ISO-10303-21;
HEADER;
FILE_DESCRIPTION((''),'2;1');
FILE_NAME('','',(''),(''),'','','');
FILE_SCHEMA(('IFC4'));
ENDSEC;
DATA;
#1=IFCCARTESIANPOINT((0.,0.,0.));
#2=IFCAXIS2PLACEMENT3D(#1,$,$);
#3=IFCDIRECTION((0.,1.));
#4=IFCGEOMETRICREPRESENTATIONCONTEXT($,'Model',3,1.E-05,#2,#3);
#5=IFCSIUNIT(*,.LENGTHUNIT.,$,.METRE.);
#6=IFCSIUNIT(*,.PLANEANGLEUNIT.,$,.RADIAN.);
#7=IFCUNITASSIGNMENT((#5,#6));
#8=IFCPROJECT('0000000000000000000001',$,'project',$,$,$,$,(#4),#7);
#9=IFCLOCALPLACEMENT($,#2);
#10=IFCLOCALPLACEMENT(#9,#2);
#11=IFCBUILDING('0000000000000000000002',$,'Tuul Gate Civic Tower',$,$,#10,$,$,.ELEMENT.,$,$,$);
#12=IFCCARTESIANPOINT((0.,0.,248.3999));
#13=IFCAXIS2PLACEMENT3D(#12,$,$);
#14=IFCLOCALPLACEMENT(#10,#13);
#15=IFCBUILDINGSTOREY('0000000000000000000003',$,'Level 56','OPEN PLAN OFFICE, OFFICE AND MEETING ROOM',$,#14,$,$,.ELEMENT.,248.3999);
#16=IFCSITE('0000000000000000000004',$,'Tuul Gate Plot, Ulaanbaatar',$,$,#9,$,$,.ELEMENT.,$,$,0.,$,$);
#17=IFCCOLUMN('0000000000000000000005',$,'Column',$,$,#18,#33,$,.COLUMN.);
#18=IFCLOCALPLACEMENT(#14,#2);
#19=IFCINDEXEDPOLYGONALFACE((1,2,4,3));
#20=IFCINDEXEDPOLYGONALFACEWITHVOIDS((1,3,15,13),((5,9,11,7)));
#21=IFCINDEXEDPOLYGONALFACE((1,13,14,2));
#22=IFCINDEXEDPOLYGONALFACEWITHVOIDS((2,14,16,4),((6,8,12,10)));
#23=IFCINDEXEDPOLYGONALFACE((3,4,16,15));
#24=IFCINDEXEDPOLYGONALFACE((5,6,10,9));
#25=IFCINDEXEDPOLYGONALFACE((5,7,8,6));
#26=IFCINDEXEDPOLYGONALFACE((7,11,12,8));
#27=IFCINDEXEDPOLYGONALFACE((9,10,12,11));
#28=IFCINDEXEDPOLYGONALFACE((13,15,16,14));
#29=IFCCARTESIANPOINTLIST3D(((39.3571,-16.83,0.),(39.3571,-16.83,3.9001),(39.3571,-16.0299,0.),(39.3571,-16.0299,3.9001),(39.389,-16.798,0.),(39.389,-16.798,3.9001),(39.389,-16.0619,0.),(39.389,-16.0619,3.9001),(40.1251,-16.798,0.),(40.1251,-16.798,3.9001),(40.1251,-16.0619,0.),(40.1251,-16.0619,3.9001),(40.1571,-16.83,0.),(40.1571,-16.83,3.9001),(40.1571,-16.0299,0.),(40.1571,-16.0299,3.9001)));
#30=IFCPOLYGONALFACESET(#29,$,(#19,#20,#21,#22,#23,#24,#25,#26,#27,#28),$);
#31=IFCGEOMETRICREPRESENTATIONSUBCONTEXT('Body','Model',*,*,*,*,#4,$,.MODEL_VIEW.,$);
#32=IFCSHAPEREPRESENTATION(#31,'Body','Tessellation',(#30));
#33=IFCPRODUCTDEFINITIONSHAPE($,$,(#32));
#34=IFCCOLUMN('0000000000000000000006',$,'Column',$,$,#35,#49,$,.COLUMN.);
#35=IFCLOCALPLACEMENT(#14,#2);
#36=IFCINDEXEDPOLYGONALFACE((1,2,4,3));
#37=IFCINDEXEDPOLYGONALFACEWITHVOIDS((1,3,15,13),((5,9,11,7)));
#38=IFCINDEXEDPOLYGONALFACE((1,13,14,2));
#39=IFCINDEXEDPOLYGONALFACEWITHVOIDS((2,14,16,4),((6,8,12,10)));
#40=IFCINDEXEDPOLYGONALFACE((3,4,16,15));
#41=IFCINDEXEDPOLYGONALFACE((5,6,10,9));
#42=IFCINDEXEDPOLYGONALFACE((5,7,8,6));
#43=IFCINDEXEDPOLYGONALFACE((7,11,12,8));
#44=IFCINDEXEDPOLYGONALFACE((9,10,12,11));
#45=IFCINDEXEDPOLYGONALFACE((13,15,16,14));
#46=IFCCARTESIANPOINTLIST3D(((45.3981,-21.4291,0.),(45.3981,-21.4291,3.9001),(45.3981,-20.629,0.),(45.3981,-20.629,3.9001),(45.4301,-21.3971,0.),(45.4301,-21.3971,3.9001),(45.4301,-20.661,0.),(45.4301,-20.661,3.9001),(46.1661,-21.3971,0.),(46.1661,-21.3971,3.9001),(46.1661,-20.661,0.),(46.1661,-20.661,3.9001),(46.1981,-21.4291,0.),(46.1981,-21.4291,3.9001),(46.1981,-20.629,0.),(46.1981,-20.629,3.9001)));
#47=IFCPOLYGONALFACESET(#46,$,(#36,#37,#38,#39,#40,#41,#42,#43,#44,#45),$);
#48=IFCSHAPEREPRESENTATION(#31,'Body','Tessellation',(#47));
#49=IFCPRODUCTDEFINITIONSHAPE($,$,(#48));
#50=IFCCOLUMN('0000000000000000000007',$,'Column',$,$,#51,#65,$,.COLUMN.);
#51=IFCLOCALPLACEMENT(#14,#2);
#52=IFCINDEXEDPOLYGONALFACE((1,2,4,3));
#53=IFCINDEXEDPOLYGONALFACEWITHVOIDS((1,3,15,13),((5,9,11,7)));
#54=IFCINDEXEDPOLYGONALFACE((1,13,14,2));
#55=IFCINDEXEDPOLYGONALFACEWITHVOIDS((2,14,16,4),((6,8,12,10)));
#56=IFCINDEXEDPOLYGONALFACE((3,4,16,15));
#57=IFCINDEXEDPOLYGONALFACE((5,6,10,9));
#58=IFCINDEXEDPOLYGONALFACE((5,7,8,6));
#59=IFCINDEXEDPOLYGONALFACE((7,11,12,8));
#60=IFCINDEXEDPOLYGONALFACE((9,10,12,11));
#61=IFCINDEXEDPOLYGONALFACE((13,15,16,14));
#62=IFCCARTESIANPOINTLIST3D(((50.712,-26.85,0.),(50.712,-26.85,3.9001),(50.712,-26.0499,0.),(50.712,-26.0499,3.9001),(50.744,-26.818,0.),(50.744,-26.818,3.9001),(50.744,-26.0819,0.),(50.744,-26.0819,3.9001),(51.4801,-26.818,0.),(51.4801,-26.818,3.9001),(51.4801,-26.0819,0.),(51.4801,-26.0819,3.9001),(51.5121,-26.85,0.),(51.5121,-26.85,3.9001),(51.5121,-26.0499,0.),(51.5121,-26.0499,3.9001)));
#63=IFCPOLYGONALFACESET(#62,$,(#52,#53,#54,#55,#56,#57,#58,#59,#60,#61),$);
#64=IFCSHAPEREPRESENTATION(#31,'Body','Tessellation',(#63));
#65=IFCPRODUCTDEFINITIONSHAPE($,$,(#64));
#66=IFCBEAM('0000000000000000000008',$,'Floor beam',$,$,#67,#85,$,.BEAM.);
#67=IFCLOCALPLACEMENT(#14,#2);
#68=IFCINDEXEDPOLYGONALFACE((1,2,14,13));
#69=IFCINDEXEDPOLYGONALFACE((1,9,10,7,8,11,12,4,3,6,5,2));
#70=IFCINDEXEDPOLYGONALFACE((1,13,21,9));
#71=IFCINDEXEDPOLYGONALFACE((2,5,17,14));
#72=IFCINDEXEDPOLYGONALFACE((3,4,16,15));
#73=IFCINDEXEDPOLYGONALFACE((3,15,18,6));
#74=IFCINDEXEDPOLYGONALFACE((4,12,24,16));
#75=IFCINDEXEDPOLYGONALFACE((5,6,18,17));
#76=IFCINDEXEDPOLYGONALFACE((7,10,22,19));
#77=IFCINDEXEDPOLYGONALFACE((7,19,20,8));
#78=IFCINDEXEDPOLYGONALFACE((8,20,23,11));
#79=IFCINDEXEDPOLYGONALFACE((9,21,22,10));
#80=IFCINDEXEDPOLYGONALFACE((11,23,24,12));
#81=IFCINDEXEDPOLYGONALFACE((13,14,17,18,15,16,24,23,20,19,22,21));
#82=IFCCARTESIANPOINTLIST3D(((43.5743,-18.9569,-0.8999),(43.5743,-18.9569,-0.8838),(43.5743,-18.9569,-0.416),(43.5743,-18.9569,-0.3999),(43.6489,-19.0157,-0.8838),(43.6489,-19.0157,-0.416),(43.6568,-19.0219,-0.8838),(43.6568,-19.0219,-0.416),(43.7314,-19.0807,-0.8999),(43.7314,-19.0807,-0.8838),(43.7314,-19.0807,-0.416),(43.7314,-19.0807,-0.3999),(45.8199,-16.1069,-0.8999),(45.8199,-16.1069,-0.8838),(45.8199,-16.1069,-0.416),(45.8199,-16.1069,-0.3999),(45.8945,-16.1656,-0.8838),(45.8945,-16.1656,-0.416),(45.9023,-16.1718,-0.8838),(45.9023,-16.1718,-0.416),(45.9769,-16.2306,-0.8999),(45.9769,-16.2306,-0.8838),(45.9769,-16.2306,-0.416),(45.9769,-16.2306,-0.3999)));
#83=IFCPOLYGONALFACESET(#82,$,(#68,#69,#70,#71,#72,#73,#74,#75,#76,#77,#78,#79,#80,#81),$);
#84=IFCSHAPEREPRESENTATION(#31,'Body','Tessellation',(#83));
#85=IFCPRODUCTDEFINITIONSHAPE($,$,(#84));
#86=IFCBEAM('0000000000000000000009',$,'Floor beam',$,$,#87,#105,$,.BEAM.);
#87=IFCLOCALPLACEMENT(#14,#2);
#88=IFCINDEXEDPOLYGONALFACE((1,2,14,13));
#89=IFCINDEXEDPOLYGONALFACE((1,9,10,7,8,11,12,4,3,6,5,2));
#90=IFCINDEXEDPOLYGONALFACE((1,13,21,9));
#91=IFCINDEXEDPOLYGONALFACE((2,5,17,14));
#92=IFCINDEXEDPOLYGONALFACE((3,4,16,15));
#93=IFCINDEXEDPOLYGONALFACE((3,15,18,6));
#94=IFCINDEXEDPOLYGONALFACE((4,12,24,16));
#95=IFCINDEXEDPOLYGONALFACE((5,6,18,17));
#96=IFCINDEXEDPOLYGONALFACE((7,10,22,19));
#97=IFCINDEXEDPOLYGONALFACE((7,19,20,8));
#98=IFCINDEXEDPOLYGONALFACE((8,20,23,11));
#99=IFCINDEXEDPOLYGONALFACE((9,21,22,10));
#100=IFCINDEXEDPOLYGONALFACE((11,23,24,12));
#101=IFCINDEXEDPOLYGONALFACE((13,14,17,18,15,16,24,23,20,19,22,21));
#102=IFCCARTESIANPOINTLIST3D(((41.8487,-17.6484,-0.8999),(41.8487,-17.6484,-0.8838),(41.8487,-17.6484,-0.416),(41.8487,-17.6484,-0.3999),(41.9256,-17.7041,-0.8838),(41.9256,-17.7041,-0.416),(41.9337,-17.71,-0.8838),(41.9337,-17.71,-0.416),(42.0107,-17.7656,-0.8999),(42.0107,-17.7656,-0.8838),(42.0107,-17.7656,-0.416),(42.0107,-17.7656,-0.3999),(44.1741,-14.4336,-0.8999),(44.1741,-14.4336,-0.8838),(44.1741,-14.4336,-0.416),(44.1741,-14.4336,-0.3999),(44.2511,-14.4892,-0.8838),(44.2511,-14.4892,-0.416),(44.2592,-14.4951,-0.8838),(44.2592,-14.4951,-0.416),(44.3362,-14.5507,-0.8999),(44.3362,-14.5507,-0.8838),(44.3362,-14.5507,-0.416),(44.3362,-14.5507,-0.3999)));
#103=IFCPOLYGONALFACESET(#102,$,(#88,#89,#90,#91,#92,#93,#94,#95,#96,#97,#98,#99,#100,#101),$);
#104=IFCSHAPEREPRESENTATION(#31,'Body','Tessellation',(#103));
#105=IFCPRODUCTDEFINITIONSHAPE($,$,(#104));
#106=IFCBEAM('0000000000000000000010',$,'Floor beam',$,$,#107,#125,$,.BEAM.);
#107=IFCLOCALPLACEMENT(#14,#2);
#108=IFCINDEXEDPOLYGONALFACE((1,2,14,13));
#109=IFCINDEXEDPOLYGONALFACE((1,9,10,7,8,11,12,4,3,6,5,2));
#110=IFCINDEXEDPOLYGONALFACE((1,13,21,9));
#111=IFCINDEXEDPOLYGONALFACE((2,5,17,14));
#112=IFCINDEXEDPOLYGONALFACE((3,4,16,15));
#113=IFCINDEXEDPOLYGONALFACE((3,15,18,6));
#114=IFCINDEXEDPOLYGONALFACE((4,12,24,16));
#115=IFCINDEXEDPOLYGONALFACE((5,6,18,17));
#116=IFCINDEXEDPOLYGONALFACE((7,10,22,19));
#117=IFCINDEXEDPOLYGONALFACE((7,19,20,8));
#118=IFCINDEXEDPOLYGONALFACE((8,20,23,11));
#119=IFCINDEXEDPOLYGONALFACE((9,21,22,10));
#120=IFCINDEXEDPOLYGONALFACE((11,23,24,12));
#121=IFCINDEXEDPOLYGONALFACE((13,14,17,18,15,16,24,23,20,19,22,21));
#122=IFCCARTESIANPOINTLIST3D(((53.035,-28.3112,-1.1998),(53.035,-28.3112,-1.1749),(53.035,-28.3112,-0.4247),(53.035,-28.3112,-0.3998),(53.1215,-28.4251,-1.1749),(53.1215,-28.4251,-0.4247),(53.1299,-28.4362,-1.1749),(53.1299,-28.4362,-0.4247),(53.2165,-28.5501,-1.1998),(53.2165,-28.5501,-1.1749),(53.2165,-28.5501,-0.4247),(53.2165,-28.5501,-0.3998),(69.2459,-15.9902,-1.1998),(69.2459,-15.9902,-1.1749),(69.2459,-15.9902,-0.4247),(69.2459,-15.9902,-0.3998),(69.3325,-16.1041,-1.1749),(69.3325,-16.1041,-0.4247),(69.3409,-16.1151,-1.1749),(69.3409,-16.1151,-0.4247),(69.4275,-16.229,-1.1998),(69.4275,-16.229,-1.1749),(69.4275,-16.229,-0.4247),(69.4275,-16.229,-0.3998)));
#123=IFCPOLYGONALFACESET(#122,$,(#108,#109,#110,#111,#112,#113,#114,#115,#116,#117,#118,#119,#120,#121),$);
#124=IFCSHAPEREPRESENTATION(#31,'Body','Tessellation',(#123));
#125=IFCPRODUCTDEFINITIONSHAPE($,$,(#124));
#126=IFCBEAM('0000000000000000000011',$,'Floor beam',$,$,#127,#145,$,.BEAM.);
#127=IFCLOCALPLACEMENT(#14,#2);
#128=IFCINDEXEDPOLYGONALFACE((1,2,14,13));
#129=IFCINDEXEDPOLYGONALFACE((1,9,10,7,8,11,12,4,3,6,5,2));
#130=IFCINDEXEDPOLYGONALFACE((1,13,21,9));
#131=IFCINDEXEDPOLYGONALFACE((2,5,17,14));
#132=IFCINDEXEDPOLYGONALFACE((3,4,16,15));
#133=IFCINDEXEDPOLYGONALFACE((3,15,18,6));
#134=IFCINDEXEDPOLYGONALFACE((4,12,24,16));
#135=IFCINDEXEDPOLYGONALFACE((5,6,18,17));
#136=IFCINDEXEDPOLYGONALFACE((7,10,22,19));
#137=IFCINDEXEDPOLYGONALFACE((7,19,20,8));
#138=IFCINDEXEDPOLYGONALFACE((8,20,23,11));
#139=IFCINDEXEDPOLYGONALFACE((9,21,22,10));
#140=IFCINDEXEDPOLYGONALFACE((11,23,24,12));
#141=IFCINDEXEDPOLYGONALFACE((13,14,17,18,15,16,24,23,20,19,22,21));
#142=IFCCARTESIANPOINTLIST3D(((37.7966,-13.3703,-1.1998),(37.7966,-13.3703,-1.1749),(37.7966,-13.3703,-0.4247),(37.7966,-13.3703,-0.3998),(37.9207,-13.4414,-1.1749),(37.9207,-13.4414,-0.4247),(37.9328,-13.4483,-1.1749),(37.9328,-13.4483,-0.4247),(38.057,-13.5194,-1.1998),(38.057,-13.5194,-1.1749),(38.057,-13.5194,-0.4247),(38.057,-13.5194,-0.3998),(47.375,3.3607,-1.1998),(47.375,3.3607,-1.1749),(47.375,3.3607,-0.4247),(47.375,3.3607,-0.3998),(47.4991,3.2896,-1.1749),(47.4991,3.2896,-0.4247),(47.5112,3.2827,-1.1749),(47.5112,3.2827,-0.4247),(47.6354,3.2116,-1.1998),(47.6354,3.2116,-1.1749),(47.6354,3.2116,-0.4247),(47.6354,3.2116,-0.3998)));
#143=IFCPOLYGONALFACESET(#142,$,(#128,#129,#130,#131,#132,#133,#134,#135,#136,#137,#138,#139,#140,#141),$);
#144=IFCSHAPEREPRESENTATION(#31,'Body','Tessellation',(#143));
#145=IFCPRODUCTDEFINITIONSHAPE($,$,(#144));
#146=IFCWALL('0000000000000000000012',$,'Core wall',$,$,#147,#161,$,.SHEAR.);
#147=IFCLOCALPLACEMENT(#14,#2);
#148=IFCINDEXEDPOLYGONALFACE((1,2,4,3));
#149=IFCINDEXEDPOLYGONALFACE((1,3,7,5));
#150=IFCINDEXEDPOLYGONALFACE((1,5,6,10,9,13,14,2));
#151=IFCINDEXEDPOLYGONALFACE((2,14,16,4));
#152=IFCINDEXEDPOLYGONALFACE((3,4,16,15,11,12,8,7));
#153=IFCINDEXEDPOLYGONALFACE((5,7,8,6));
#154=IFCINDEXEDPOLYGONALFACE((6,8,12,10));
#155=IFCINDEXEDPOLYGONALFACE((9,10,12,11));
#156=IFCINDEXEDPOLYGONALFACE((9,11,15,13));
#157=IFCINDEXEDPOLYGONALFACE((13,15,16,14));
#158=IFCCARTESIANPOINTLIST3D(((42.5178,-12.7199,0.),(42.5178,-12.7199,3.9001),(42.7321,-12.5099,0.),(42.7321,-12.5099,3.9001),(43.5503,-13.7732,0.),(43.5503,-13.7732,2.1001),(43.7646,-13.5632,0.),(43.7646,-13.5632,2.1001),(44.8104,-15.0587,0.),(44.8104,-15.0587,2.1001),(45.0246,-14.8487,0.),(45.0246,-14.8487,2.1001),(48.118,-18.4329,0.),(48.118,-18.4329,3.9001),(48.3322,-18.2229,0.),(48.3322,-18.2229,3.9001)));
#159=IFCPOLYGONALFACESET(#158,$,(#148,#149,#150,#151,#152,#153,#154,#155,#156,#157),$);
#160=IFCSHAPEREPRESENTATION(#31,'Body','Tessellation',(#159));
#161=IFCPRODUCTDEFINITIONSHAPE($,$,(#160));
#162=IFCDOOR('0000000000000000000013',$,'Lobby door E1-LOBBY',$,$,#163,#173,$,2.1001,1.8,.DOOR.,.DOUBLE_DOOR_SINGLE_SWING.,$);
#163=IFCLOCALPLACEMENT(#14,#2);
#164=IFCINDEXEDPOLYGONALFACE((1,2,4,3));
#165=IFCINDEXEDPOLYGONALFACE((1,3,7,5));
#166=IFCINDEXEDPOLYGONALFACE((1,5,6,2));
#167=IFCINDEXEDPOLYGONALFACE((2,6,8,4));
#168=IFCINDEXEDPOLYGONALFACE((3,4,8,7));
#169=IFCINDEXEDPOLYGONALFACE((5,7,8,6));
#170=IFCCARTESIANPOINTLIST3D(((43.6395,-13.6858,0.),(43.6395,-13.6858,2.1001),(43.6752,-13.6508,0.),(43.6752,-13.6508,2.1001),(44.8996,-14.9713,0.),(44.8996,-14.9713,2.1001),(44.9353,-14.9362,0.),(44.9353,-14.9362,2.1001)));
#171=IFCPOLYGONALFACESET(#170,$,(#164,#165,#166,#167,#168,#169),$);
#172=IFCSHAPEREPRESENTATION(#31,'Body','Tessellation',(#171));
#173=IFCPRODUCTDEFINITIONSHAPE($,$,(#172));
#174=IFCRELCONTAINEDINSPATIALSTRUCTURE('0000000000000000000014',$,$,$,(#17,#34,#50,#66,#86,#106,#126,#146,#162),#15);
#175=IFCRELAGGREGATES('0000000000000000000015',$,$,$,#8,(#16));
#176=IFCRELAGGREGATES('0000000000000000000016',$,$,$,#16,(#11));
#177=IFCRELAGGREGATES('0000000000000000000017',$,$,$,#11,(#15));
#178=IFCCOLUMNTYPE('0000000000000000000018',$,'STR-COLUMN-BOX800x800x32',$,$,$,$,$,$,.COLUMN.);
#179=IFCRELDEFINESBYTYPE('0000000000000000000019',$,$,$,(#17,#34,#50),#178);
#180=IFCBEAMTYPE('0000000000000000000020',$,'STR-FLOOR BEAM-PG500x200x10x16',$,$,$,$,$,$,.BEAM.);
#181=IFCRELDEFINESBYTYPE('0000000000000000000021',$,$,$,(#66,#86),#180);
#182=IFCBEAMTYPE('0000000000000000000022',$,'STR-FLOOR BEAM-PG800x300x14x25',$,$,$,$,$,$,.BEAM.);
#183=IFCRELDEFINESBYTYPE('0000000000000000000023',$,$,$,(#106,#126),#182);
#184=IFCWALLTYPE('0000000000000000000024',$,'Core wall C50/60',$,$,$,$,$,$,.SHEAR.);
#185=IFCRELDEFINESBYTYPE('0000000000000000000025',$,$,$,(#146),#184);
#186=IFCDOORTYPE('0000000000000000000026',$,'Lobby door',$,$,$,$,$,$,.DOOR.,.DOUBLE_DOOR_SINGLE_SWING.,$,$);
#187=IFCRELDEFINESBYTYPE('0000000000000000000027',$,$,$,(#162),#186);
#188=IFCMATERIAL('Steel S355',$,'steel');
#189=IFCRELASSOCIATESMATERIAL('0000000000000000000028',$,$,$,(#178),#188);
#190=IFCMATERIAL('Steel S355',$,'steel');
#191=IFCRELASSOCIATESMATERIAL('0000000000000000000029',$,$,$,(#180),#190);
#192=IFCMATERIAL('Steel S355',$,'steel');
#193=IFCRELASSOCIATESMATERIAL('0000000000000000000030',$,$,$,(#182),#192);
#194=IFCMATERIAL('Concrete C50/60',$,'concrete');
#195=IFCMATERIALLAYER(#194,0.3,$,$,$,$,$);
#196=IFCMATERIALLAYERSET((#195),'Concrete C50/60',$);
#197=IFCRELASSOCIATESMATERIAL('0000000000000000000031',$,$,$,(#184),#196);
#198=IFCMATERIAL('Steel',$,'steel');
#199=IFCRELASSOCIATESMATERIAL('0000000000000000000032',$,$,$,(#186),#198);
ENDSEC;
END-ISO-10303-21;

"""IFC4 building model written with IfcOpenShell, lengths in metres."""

from ifc_helpers import new_model, si_unit, direction, frame, frame_2d, origin, origin_2d, place, context, subcontext, project, spatial, rectangle, hollow_rectangle, i_section, extrude, material, layer, layer_set, material_profile, profile_set, type_object, element, fill, save


model = new_model("IFC4")

# Units and contexts
model_context = context("Model", 3, precision=1e-05, world=origin(), true_north=direction((0.0, 1.0)))
body_context = subcontext(model_context, "Body", "Model", "MODEL_VIEW")
ifc_project = project(units=[si_unit("LENGTHUNIT", "METRE"), si_unit("PLANEANGLEUNIT", "RADIAN")], contexts=[model_context])

# Site, building, storey
site_placement = place(None, origin())
site = spatial("IfcSite", under=ifc_project, at=site_placement, Name="Tuul Gate Plot, Ulaanbaatar", CompositionType="ELEMENT", RefElevation=0.0)
building_placement = place(site_placement, origin())
building = spatial("IfcBuilding", under=site, at=building_placement, Name="Tuul Gate Civic Tower", CompositionType="ELEMENT")
storey_placement = place(building_placement, frame((0.0, 0.0, 248.3999)))
storey = spatial("IfcBuildingStorey", under=building, at=storey_placement, Name="Level 56", Description="OPEN PLAN OFFICE, OFFICE AND MEETING ROOM", CompositionType="ELEMENT", Elevation=248.3999)

# Columns
ifc_material_1 = material(Name="Steel S355", Category="steel")
ifc_material_profile_1 = material_profile(ifc_material_1, hollow_rectangle(XDim=0.8, YDim=0.8, WallThickness=0.032, at=origin_2d()), Name="BOX800x800x32")
ifc_profile_set_1 = profile_set([ifc_material_profile_1], Name="Steel S355")
column_type = type_object("IfcColumnType", Name="STR-COLUMN-BOX800x800x32", PredefinedType="COLUMN", material=ifc_profile_set_1)
for number, where, z_axis, x_axis, name in (
    (1, (39.7571, -16.4299, 0.0), (0.0, 0.0, 1.0), (1.0, 0.0, 0.0), "Column"),
    (2, (45.7981, -21.0291, 0.0), (0.0, 0.0, 1.0), (1.0, 0.0, 0.0), "Column"),
    (3, (51.1121, -26.45, 0.0), (0.0, 0.0, 1.0), (1.0, 0.0, 0.0), "Column"),
):
    element("IfcColumn", number, at=place(storey_placement, frame(where, z_axis=z_axis, x_axis=x_axis)), inside=storey, type_object=column_type, Name=name, PredefinedType="COLUMN", context=body_context, shape_type="SweptSolid", body=[
        extrude(hollow_rectangle(XDim=0.8, YDim=0.8, WallThickness=0.032, at=origin_2d()), origin(), (0.0, 0.0, 1.0), 3.9001),
    ])

# Beams
ifc_material_2 = material(Name="Steel S355", Category="steel")
ifc_material_profile_2 = material_profile(ifc_material_2, i_section(OverallWidth=0.2, OverallDepth=0.5, WebThickness=0.01, FlangeThickness=0.0161, at=origin_2d()), Name="PG500x200x10x16")
ifc_profile_set_2 = profile_set([ifc_material_profile_2], Name="Steel S355")
beam_type_1 = type_object("IfcBeamType", Name="STR-FLOOR BEAM-PG500x200x10x16", PredefinedType="BEAM", material=ifc_profile_set_2)
beam_1_placement = place(storey_placement, frame((43.6528, -19.0188, -0.6499), z_axis=(0.618885, 0.785482, 0.0), x_axis=(-0.785482, 0.618885, 0.0)))
element("IfcBeam", 4, at=beam_1_placement, inside=storey, type_object=beam_type_1, Name="Floor beam", PredefinedType="BEAM", context=body_context, shape_type="SweptSolid", body=[
    extrude(i_section(OverallWidth=0.2, OverallDepth=0.5, WebThickness=0.01, FlangeThickness=0.0161, at=origin_2d()), origin(), (0.0, 0.0, 1.0), 3.6284),
])
beam_2_placement = place(storey_placement, frame((41.9297, -17.707, -0.6499), z_axis=(0.586088, 0.810247, 0.0), x_axis=(-0.810247, 0.586088, 0.0)))
element("IfcBeam", 5, at=beam_2_placement, inside=storey, type_object=beam_type_1, Name="Floor beam", PredefinedType="BEAM", context=body_context, shape_type="SweptSolid", body=[
    extrude(i_section(OverallWidth=0.2, OverallDepth=0.5, WebThickness=0.01, FlangeThickness=0.0161, at=origin_2d()), origin(), (0.0, 0.0, 1.0), 3.9678),
])
ifc_material_3 = material(Name="Steel S355", Category="steel")
ifc_material_profile_3 = material_profile(ifc_material_3, i_section(OverallWidth=0.3, OverallDepth=0.8, WebThickness=0.0139, FlangeThickness=0.0249, at=origin_2d()), Name="PG800x300x14x25")
ifc_profile_set_3 = profile_set([ifc_material_profile_3], Name="Steel S355")
beam_type_2 = type_object("IfcBeamType", Name="STR-FLOOR BEAM-PG800x300x14x25", PredefinedType="BEAM", material=ifc_profile_set_3)
beam_3_placement = place(storey_placement, frame((53.1257, -28.4307, -0.7998), z_axis=(0.796145, 0.605106, 0.0), x_axis=(-0.605106, 0.796145, 0.0)))
element("IfcBeam", 6, at=beam_3_placement, inside=storey, type_object=beam_type_2, Name="Floor beam", PredefinedType="BEAM", context=body_context, shape_type="SweptSolid", body=[
    extrude(i_section(OverallWidth=0.3, OverallDepth=0.8, WebThickness=0.0139, FlangeThickness=0.0249, at=origin_2d()), origin(), (0.0, 0.0, 1.0), 20.3618),
])
beam_4_placement = place(storey_placement, frame((37.9268, -13.4448, -0.7998), z_axis=(0.496836, 0.867845, 0.0), x_axis=(-0.867845, 0.496836, 0.0)))
element("IfcBeam", 7, at=beam_4_placement, inside=storey, type_object=beam_type_2, Name="Floor beam", PredefinedType="BEAM", context=body_context, shape_type="SweptSolid", body=[
    extrude(i_section(OverallWidth=0.3, OverallDepth=0.8, WebThickness=0.0139, FlangeThickness=0.0249, at=origin_2d()), origin(), (0.0, 0.0, 1.0), 19.2788),
])

# Wall, opening, door
ifc_material_4 = material(Name="Concrete C50/60", Category="concrete")
ifc_layer_1 = layer(ifc_material_4, 0.3)
ifc_layer_set_1 = layer_set([ifc_layer_1], Name="Concrete C50/60")
wall_type_1 = type_object("IfcWallType", Name="Core wall C50/60", PredefinedType="SHEAR", material=ifc_layer_set_1)
wall_1_placement = place(storey_placement, frame((48.2251, -18.3279, 0.0), z_axis=(0.0, 0.0, 1.0), x_axis=(-0.700022, 0.714121, 0.0)))
wall_1 = element("IfcWall", 8, at=wall_1_placement, inside=storey, type_object=wall_type_1, Name="Core wall", PredefinedType="SHEAR", context=body_context, shape_type="SweptSolid", body=[
    extrude(rectangle(XDim=8.0, YDim=0.3, at=frame_2d((4.0, 0.0))), origin(), (0.0, 0.0, 1.0), 3.9001),
])
opening_1_placement = place(wall_1_placement, frame((4.7251, 0.0, 0.0)))
opening_1 = element("IfcOpeningElement", 9, at=opening_1_placement, cuts=wall_1, PredefinedType="OPENING", context=body_context, shape_type="SweptSolid", body=[
    extrude(rectangle(XDim=1.8, YDim=2.1001, at=frame_2d((0.8999, 1.05))), frame((0.0, 0.1602, 0.0), z_axis=(0.0, -1.0, 0.0), x_axis=(1.0, 0.0, 0.0)), (0.0, 0.0, 1.0), 0.3201),
])
ifc_material_5 = material(Name="Steel", Category="steel")
door_type_1 = type_object("IfcDoorType", Name="Lobby door", OperationType="DOUBLE_DOOR_SINGLE_SWING", PredefinedType="DOOR", material=ifc_material_5)
door_1_placement = place(opening_1_placement, frame((1.8, 0.0, 0.0), z_axis=(0.0, 0.0, 1.0), x_axis=(-1.0, 0.0, 0.0)))
door_1 = element("IfcDoor", 10, at=door_1_placement, inside=storey, type_object=door_type_1, Name="Lobby door E1-LOBBY", OperationType="DOUBLE_DOOR_SINGLE_SWING", OverallHeight=2.1001, OverallWidth=1.8, PredefinedType="DOOR", context=body_context, shape_type="SweptSolid", body=[
    extrude(rectangle(XDim=1.8, YDim=2.1001, at=frame_2d((0.9001, 1.05))), frame((0.0, 0.0249, 0.0), z_axis=(0.0, -1.0, 0.0), x_axis=(1.0, 0.0, 0.0)), (0.0, 0.0, 1.0), 0.05),
])
fill(opening_1, door_1)

save(model, "model.ifc")
